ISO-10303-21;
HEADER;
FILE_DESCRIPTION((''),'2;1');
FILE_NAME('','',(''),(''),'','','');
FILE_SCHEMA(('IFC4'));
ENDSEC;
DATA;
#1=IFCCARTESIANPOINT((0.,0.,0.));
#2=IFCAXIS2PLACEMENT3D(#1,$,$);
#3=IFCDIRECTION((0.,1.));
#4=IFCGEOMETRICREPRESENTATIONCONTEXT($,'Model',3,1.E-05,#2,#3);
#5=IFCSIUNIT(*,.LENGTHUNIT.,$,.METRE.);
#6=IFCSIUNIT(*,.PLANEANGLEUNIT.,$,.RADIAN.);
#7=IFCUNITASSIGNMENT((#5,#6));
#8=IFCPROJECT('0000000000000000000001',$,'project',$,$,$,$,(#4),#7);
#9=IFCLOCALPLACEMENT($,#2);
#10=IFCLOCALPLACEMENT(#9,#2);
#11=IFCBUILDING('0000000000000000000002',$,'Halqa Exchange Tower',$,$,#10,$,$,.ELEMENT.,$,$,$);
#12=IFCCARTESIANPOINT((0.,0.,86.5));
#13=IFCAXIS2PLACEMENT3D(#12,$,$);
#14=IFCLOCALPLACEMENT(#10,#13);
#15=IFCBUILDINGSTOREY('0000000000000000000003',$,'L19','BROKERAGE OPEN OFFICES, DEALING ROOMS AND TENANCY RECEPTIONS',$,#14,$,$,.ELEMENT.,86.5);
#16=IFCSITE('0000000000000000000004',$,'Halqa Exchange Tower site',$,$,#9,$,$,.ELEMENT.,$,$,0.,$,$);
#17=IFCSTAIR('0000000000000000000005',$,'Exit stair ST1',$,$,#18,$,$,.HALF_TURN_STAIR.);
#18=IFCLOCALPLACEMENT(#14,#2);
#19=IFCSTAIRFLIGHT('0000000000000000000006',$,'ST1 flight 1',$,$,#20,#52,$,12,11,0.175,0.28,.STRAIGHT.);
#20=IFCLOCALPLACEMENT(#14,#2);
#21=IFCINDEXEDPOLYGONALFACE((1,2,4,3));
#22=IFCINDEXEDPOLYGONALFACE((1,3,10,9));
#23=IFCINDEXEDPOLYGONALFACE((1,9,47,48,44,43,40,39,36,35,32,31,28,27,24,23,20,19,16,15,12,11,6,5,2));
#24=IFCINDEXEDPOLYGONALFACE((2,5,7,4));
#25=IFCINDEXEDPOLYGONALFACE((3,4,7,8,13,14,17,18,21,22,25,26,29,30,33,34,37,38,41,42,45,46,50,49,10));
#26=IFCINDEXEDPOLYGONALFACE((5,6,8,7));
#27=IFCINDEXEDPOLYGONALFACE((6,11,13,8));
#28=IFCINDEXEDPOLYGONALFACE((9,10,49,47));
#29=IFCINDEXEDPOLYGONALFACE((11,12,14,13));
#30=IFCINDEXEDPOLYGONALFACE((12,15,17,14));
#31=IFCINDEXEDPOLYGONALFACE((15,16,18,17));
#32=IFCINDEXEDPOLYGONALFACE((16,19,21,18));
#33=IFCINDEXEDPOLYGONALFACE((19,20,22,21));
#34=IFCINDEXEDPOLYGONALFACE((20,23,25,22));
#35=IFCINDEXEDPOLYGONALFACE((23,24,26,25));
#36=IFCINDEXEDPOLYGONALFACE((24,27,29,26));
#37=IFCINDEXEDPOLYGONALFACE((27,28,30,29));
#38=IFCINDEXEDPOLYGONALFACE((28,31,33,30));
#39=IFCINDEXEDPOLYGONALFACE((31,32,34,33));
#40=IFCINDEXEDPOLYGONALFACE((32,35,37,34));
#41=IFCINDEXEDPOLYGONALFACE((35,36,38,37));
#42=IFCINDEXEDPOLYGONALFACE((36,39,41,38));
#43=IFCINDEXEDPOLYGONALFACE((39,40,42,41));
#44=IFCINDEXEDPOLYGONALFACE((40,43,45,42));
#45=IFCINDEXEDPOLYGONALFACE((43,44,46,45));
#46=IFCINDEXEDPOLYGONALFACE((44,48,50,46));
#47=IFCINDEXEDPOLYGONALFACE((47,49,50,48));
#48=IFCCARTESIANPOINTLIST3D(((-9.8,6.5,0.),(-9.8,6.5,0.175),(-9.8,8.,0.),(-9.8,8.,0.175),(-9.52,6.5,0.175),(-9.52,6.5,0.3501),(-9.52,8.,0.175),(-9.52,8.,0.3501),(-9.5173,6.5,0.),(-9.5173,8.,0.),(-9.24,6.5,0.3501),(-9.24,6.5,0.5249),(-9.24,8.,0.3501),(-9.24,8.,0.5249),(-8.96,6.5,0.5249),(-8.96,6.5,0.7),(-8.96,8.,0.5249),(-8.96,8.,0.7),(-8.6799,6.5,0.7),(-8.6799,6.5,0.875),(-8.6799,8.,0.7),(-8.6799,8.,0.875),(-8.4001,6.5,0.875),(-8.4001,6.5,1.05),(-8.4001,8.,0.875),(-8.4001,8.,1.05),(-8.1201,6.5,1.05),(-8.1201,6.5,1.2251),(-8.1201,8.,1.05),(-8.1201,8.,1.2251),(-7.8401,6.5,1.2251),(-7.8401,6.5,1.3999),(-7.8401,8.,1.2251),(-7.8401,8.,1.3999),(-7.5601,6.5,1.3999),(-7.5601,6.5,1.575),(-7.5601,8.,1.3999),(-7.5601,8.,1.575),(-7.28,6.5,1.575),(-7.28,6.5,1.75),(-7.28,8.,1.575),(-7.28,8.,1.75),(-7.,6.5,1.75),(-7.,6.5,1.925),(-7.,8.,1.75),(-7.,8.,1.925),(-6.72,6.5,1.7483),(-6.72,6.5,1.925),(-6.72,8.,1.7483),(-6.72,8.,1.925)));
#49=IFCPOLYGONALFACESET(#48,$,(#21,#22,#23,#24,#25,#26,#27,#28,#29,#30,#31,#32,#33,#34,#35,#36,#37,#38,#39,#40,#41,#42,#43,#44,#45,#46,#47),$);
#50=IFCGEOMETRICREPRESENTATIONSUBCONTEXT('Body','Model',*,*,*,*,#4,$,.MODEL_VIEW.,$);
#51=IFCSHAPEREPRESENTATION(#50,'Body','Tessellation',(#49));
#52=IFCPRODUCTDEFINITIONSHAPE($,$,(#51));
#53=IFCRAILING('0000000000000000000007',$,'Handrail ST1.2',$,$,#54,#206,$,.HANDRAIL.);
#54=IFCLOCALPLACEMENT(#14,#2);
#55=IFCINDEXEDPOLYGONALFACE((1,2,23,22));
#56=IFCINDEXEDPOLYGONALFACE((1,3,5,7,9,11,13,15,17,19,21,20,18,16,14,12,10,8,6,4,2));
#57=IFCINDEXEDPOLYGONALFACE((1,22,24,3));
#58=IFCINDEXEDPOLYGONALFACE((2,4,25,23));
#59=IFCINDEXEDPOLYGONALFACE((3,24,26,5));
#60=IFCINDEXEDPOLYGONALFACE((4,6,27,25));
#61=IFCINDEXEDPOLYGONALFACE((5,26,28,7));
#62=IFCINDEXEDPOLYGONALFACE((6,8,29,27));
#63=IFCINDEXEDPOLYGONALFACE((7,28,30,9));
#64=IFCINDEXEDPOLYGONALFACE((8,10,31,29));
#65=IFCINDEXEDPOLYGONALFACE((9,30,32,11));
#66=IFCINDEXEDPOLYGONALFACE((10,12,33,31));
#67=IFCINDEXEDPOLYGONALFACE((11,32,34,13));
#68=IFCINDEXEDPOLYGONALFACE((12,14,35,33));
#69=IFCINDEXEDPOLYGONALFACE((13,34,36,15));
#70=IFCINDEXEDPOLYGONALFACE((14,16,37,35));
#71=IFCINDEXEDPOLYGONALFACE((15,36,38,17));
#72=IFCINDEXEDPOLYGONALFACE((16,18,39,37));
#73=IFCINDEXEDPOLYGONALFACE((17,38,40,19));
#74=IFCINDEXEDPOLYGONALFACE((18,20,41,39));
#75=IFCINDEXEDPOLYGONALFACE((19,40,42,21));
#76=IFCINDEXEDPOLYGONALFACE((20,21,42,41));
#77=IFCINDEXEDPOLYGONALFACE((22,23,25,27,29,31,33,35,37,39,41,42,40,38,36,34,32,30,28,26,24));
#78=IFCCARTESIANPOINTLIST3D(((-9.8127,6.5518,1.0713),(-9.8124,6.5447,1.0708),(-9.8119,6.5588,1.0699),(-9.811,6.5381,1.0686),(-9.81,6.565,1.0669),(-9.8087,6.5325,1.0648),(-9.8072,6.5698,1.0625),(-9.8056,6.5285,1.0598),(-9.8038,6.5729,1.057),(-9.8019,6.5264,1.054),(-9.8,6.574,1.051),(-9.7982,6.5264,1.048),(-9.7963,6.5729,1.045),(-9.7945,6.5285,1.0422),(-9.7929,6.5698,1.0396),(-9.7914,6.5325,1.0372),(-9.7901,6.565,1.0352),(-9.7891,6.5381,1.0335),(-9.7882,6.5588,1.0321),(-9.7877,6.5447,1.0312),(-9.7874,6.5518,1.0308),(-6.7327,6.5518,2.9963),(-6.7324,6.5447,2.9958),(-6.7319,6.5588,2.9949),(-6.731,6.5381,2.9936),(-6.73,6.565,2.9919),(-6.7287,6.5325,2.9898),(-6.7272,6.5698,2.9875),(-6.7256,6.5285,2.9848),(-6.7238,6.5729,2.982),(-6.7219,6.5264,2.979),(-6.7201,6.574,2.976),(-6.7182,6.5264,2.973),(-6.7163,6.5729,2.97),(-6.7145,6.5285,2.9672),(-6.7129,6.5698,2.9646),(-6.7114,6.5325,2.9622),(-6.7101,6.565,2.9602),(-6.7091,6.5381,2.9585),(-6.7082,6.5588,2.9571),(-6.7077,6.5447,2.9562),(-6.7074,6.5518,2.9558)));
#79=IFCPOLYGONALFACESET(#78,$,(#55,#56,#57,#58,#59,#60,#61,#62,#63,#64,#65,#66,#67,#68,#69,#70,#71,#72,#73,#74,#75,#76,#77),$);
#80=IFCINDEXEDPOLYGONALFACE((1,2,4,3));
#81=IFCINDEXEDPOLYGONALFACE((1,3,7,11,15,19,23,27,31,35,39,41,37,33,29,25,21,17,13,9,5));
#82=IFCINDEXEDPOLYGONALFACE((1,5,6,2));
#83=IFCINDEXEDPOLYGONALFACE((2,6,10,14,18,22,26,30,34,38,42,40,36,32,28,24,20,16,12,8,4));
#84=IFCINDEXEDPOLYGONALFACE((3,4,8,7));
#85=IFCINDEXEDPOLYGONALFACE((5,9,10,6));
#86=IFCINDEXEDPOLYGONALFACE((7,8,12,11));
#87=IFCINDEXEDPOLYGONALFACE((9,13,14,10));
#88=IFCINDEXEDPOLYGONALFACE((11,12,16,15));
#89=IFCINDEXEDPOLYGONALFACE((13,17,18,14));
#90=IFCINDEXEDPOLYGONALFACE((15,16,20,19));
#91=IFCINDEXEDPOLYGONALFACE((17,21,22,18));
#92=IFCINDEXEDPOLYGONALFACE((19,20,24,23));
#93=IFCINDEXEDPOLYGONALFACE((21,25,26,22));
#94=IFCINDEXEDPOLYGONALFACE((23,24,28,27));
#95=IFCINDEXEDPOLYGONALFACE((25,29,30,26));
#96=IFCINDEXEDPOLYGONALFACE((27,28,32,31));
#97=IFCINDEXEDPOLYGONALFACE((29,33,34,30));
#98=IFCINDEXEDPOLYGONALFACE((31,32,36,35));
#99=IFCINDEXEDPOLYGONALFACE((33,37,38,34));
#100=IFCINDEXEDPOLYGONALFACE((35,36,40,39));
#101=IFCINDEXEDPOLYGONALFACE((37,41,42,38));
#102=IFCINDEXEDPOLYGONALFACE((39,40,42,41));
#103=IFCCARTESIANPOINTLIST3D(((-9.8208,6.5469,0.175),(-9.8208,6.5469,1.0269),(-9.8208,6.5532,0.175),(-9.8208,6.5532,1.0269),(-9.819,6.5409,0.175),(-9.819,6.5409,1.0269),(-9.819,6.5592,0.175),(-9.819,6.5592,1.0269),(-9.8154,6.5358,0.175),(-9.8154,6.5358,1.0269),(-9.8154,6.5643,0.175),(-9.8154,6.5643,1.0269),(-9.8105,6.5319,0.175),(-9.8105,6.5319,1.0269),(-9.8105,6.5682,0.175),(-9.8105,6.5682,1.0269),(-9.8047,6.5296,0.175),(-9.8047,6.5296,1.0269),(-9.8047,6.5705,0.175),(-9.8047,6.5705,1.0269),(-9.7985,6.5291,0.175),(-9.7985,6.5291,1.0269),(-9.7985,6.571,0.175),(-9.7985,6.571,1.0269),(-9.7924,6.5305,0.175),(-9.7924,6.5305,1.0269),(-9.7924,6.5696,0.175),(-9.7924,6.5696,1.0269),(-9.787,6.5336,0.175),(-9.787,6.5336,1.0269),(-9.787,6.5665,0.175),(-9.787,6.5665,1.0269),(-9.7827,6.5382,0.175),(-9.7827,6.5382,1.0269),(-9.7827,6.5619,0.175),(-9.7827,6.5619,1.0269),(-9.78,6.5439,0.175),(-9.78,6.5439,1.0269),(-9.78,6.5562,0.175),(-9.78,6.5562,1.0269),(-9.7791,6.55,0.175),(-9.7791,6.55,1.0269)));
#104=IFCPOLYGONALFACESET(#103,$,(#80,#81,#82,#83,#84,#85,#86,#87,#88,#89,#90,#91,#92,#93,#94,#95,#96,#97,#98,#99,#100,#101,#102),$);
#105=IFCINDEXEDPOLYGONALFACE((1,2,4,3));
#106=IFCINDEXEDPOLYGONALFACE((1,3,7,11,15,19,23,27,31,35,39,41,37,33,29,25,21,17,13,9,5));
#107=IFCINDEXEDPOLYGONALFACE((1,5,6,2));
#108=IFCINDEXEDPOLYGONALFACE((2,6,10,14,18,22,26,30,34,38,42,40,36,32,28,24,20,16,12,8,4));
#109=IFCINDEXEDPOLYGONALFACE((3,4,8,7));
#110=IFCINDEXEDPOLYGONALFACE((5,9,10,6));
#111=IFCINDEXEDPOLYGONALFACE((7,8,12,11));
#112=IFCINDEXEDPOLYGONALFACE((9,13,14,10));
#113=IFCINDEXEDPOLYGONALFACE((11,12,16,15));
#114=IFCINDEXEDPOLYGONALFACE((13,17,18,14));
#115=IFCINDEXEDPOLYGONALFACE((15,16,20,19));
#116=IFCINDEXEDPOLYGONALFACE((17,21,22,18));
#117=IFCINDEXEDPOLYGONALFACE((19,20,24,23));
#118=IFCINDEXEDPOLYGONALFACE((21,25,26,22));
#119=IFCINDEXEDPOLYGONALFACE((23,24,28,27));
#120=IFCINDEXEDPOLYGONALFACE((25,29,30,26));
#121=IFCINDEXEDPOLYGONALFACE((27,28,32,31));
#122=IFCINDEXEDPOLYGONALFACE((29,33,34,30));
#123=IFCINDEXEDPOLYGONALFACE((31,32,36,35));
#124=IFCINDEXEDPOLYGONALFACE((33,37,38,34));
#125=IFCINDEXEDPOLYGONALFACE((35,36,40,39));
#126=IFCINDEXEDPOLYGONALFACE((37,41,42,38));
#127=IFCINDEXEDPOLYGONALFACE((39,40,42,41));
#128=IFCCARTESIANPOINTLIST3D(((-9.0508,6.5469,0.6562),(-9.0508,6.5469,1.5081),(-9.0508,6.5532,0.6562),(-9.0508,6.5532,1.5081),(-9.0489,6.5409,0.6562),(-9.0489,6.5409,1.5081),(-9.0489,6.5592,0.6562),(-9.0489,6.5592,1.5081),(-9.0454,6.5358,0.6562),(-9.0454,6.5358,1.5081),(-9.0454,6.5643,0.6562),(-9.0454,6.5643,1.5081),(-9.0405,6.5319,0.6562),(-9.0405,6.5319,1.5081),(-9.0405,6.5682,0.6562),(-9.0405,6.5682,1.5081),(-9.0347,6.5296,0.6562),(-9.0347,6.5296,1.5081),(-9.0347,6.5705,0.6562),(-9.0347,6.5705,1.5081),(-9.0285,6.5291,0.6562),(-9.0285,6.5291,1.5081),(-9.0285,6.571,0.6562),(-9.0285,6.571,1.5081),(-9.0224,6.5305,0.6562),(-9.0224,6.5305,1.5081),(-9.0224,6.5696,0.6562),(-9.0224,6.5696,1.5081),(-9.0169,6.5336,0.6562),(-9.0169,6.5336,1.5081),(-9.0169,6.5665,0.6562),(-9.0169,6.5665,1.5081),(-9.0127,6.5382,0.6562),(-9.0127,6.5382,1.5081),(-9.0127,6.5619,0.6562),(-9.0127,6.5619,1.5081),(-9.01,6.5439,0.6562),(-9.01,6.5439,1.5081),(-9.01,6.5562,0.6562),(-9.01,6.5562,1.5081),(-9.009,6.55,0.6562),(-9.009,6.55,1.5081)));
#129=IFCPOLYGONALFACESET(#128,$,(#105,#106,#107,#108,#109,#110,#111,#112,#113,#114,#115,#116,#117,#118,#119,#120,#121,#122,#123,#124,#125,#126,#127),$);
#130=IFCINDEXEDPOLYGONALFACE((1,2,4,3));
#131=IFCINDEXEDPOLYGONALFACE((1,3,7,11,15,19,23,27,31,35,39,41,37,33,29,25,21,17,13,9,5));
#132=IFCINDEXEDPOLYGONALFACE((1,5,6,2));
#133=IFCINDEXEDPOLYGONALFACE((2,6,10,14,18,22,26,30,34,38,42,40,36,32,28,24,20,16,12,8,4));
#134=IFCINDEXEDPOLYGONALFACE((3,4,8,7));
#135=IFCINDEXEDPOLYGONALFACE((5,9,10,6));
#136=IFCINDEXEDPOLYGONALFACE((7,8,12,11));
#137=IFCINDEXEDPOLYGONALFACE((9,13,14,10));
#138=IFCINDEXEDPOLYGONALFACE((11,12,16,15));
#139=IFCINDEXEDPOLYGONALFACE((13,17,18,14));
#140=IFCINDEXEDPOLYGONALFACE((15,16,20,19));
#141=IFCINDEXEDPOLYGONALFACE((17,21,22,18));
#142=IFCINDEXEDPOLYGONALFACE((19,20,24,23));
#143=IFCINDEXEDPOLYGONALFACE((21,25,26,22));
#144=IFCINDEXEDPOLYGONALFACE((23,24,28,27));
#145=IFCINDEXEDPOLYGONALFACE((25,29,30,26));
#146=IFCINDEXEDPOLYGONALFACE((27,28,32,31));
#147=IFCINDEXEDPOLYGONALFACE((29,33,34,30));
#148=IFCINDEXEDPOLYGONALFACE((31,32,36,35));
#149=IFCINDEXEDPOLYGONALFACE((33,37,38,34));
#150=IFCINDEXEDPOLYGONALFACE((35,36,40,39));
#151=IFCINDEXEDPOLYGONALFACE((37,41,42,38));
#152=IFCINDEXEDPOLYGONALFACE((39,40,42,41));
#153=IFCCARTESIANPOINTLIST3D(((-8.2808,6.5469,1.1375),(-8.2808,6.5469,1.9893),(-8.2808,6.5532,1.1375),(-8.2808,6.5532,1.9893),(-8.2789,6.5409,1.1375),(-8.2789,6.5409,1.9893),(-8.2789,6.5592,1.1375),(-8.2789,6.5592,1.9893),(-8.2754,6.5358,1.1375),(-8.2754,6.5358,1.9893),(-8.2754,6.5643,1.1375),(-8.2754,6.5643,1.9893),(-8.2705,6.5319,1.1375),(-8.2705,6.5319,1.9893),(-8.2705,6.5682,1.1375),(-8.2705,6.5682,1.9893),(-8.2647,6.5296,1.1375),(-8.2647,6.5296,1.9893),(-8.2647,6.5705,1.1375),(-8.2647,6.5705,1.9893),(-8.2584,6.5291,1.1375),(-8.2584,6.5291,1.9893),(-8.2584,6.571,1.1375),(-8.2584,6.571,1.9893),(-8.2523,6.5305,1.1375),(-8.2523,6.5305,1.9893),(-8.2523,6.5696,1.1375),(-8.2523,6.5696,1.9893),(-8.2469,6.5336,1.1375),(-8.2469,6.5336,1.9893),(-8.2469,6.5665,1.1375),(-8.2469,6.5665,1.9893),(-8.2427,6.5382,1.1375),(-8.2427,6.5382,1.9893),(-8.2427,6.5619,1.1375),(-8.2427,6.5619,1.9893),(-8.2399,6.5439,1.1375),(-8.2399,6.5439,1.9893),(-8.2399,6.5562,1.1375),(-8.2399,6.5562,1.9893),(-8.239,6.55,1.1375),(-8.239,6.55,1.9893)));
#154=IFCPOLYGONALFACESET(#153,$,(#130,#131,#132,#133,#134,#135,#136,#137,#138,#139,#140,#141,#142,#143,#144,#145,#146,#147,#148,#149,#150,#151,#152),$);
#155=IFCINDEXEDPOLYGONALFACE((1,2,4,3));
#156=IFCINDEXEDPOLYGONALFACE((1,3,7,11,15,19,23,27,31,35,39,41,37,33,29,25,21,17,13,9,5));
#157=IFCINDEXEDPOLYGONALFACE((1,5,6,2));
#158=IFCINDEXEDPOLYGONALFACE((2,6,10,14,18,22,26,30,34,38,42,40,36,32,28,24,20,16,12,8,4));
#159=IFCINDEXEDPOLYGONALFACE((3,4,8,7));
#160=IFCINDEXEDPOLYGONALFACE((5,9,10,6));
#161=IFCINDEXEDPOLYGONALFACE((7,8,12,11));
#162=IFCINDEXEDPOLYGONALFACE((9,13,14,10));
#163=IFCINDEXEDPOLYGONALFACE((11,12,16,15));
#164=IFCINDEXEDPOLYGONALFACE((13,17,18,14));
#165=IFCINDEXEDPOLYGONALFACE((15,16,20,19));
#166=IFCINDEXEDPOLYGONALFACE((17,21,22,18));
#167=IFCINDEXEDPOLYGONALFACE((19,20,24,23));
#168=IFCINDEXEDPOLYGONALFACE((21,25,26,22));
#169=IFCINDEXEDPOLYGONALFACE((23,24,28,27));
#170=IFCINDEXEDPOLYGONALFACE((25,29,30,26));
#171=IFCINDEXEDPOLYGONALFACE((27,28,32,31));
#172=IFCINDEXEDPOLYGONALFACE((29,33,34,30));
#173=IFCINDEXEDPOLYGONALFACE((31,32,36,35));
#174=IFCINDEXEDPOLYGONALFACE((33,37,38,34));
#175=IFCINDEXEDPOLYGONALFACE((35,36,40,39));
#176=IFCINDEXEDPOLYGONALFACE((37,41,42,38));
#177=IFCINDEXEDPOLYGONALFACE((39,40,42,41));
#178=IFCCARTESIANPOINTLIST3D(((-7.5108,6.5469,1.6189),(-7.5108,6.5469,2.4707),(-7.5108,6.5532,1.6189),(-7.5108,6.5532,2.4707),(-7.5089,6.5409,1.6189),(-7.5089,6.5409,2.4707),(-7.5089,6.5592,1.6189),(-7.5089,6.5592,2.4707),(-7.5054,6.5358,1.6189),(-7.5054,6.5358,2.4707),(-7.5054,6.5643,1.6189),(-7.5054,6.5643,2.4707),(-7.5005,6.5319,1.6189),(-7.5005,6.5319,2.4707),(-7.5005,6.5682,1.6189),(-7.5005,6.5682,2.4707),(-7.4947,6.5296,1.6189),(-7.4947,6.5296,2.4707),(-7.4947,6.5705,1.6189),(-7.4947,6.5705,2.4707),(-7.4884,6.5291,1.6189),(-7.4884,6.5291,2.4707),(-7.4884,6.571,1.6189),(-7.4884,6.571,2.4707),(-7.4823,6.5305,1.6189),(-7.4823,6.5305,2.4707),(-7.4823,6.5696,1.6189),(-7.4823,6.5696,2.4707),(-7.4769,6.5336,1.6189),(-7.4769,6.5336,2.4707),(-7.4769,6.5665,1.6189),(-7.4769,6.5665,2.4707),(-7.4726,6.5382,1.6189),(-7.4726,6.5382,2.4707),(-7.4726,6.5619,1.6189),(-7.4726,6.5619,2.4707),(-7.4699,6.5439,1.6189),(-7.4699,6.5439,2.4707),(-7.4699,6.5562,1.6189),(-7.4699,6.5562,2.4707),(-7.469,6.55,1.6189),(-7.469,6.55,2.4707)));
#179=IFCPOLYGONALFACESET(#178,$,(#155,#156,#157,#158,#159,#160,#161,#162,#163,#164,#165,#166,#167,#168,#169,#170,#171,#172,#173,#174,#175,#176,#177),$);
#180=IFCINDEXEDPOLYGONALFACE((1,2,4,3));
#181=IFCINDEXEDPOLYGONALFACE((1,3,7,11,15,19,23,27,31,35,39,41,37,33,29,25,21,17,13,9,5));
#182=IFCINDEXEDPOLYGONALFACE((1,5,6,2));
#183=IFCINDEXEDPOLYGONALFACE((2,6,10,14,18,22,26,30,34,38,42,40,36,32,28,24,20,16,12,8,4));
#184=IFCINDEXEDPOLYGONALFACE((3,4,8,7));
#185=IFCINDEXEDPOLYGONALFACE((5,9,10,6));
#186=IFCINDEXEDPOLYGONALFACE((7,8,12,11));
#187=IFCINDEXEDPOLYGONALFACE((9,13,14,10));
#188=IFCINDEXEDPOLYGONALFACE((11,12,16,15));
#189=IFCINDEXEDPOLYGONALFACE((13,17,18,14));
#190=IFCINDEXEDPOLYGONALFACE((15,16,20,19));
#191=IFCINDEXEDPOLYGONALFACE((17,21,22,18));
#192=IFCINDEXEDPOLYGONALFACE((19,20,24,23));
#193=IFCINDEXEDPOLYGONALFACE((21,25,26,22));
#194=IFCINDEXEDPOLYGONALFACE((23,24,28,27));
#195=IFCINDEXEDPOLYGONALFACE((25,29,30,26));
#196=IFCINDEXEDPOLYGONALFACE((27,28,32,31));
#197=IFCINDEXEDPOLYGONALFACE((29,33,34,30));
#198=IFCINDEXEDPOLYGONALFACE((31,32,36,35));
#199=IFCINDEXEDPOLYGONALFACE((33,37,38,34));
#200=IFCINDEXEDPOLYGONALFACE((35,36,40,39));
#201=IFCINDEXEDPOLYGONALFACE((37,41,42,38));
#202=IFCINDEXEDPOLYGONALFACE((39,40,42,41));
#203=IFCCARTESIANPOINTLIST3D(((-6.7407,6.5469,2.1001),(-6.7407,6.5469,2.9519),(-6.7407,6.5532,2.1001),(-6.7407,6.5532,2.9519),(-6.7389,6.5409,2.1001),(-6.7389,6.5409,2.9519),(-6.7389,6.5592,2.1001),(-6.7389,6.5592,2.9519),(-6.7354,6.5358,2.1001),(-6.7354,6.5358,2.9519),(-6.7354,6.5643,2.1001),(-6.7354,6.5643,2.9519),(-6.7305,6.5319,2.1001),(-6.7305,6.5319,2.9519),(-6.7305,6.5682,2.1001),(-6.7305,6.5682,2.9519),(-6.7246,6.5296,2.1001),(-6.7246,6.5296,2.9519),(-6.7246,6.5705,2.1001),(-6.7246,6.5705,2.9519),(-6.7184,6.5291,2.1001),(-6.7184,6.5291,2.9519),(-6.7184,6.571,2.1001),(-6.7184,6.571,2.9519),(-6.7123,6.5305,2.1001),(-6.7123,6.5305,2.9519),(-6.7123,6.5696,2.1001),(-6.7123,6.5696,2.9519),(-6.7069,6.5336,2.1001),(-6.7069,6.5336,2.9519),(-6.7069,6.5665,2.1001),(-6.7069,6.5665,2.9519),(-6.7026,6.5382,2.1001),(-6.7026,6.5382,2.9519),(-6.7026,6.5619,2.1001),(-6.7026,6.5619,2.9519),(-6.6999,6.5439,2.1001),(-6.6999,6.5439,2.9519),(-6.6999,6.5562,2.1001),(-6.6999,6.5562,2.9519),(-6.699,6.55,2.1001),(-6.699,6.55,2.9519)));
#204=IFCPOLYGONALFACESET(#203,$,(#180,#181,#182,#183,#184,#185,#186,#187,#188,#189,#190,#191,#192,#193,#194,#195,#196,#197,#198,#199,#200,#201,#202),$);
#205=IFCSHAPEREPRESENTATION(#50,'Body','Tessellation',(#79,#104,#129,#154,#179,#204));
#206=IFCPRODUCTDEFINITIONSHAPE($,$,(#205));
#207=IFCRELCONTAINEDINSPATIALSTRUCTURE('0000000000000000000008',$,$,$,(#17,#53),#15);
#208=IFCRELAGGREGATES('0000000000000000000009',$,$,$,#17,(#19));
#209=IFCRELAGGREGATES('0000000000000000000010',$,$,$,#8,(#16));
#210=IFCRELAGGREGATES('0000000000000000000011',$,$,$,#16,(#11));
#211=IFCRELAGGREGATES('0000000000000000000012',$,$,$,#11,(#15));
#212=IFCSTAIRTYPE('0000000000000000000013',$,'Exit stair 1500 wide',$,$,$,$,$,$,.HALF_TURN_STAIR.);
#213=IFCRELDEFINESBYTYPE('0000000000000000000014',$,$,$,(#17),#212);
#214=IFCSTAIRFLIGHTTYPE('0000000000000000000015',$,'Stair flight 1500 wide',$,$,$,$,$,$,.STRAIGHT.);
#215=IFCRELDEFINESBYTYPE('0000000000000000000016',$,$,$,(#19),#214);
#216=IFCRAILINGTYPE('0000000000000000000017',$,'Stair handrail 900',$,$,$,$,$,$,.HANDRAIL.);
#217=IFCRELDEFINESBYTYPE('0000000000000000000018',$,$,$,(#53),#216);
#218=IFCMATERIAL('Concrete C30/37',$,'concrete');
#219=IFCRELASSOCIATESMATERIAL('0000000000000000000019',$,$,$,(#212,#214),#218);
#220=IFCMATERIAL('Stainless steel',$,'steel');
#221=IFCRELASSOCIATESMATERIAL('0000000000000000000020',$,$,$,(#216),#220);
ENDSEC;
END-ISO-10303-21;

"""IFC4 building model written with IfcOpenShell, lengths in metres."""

from ifc_helpers import new_model, si_unit, direction, frame, origin, origin_2d, place, context, subcontext, project, spatial, polyline, circle, outline, extrude, material, type_object, element, aggregate, save


model = new_model("IFC4")

# Units and contexts
model_context = context("Model", 3, precision=1e-05, world=origin(), true_north=direction((0.0, 1.0)))
body_context = subcontext(model_context, "Body", "Model", "MODEL_VIEW")
ifc_project = project(units=[si_unit("LENGTHUNIT", "METRE"), si_unit("PLANEANGLEUNIT", "RADIAN")], contexts=[model_context])

# Site, building, storey
site_placement = place(None, origin())
site = spatial("IfcSite", under=ifc_project, at=site_placement, Name="Halqa Exchange Tower site", CompositionType="ELEMENT", RefElevation=0.0)
building_placement = place(site_placement, origin())
building = spatial("IfcBuilding", under=site, at=building_placement, Name="Halqa Exchange Tower", CompositionType="ELEMENT")
storey_placement = place(building_placement, frame((0.0, 0.0, 86.5)))
storey = spatial("IfcBuildingStorey", under=building, at=storey_placement, Name="L19", Description="BROKERAGE OPEN OFFICES, DEALING ROOMS AND TENANCY RECEPTIONS", CompositionType="ELEMENT", Elevation=86.5)

# Shared definitions
ifc_material_1 = material(Name="Stainless steel", Category="steel")

# Shared definitions
ifc_material_2 = material(Name="Concrete C30/37", Category="concrete")

# Stair, stair flight
stair_type = type_object("IfcStairType", Name="Exit stair 1500 wide", PredefinedType="HALF_TURN_STAIR", material=ifc_material_2)
stair_placement = place(storey_placement, origin())
stair = element("IfcStair", 1, at=stair_placement, inside=storey, type_object=stair_type, Name="Exit stair ST1", PredefinedType="HALF_TURN_STAIR")
stair_flight_type = type_object("IfcStairFlightType", Name="Stair flight 1500 wide", PredefinedType="STRAIGHT", material=ifc_material_2)
stair_flight_placement = place(storey_placement, frame((-9.8, 7.25, 0.0), z_axis=(0.0, 0.0, 1.0), x_axis=(1.0, 0.0, 0.0)))
stair_flight = element("IfcStairFlight", 2, at=stair_flight_placement, type_object=stair_flight_type, Name="ST1 flight 1", NumberOfRisers=12, NumberOfTreads=11, PredefinedType="STRAIGHT", RiserHeight=0.175, TreadLength=0.28, context=body_context, shape_type="SweptSolid", body=[
    extrude(outline(polyline([(0.0, 0.0), (0.0, 0.175), (0.28, 0.175), (0.28, 0.3501), (0.5601, 0.3501), (0.5601, 0.5249), (0.8401, 0.5249), (0.8401, 0.7), (1.1201, 0.7), (1.1201, 0.875), (1.3999, 0.875), (1.3999, 1.05), (1.6799, 1.05), (1.6799, 1.2251), (1.96, 1.2251), (1.96, 1.3999), (2.24, 1.3999), (2.24, 1.575), (2.52, 1.575), (2.52, 1.75), (2.8, 1.75), (2.8, 1.925), (3.0801, 1.925), (3.0801, 2.1001), (3.0801, 1.7483), (0.2827, 0.0), (0.0, 0.0)])), frame((0.0, 0.75, 0.0), z_axis=(0.0, -1.0, 0.0), x_axis=(1.0, 0.0, 0.0)), (0.0, 0.0, 1.0), 1.5),
])
aggregate(stair, [stair_flight])

# Railing
railing_type_1 = type_object("IfcRailingType", Name="Stair handrail 900", PredefinedType="HANDRAIL", material=ifc_material_1)
railing_1_placement = place(storey_placement, frame((-9.8, 6.55, 0.175)))
element("IfcRailing", 3, at=railing_1_placement, inside=storey, type_object=railing_type_1, Name="Handrail ST1.2", PredefinedType="HANDRAIL", context=body_context, shape_type="SweptSolid", body=[
    extrude(circle(Radius=0.0239, at=origin_2d()), frame((0.0, 0.0, 0.876), z_axis=(0.847998, 0.0, 0.529999), x_axis=(0.0, 1.0, 0.0)), (0.0, 0.0, 1.0), 3.6321),
    extrude(circle(Radius=0.021, at=origin_2d()), origin(), (0.0, 0.0, 1.0), 0.8518),
    extrude(circle(Radius=0.021, at=origin_2d()), frame((0.77, 0.0, 0.4812)), (0.0, 0.0, 1.0), 0.8518),
    extrude(circle(Radius=0.021, at=origin_2d()), frame((1.54, 0.0, 0.9624)), (0.0, 0.0, 1.0), 0.8518),
    extrude(circle(Radius=0.021, at=origin_2d()), frame((2.3101, 0.0, 1.4438)), (0.0, 0.0, 1.0), 0.8518),
    extrude(circle(Radius=0.021, at=origin_2d()), frame((3.0801, 0.0, 1.925)), (0.0, 0.0, 1.0), 0.8518),
])

save(model, "model.ifc")
